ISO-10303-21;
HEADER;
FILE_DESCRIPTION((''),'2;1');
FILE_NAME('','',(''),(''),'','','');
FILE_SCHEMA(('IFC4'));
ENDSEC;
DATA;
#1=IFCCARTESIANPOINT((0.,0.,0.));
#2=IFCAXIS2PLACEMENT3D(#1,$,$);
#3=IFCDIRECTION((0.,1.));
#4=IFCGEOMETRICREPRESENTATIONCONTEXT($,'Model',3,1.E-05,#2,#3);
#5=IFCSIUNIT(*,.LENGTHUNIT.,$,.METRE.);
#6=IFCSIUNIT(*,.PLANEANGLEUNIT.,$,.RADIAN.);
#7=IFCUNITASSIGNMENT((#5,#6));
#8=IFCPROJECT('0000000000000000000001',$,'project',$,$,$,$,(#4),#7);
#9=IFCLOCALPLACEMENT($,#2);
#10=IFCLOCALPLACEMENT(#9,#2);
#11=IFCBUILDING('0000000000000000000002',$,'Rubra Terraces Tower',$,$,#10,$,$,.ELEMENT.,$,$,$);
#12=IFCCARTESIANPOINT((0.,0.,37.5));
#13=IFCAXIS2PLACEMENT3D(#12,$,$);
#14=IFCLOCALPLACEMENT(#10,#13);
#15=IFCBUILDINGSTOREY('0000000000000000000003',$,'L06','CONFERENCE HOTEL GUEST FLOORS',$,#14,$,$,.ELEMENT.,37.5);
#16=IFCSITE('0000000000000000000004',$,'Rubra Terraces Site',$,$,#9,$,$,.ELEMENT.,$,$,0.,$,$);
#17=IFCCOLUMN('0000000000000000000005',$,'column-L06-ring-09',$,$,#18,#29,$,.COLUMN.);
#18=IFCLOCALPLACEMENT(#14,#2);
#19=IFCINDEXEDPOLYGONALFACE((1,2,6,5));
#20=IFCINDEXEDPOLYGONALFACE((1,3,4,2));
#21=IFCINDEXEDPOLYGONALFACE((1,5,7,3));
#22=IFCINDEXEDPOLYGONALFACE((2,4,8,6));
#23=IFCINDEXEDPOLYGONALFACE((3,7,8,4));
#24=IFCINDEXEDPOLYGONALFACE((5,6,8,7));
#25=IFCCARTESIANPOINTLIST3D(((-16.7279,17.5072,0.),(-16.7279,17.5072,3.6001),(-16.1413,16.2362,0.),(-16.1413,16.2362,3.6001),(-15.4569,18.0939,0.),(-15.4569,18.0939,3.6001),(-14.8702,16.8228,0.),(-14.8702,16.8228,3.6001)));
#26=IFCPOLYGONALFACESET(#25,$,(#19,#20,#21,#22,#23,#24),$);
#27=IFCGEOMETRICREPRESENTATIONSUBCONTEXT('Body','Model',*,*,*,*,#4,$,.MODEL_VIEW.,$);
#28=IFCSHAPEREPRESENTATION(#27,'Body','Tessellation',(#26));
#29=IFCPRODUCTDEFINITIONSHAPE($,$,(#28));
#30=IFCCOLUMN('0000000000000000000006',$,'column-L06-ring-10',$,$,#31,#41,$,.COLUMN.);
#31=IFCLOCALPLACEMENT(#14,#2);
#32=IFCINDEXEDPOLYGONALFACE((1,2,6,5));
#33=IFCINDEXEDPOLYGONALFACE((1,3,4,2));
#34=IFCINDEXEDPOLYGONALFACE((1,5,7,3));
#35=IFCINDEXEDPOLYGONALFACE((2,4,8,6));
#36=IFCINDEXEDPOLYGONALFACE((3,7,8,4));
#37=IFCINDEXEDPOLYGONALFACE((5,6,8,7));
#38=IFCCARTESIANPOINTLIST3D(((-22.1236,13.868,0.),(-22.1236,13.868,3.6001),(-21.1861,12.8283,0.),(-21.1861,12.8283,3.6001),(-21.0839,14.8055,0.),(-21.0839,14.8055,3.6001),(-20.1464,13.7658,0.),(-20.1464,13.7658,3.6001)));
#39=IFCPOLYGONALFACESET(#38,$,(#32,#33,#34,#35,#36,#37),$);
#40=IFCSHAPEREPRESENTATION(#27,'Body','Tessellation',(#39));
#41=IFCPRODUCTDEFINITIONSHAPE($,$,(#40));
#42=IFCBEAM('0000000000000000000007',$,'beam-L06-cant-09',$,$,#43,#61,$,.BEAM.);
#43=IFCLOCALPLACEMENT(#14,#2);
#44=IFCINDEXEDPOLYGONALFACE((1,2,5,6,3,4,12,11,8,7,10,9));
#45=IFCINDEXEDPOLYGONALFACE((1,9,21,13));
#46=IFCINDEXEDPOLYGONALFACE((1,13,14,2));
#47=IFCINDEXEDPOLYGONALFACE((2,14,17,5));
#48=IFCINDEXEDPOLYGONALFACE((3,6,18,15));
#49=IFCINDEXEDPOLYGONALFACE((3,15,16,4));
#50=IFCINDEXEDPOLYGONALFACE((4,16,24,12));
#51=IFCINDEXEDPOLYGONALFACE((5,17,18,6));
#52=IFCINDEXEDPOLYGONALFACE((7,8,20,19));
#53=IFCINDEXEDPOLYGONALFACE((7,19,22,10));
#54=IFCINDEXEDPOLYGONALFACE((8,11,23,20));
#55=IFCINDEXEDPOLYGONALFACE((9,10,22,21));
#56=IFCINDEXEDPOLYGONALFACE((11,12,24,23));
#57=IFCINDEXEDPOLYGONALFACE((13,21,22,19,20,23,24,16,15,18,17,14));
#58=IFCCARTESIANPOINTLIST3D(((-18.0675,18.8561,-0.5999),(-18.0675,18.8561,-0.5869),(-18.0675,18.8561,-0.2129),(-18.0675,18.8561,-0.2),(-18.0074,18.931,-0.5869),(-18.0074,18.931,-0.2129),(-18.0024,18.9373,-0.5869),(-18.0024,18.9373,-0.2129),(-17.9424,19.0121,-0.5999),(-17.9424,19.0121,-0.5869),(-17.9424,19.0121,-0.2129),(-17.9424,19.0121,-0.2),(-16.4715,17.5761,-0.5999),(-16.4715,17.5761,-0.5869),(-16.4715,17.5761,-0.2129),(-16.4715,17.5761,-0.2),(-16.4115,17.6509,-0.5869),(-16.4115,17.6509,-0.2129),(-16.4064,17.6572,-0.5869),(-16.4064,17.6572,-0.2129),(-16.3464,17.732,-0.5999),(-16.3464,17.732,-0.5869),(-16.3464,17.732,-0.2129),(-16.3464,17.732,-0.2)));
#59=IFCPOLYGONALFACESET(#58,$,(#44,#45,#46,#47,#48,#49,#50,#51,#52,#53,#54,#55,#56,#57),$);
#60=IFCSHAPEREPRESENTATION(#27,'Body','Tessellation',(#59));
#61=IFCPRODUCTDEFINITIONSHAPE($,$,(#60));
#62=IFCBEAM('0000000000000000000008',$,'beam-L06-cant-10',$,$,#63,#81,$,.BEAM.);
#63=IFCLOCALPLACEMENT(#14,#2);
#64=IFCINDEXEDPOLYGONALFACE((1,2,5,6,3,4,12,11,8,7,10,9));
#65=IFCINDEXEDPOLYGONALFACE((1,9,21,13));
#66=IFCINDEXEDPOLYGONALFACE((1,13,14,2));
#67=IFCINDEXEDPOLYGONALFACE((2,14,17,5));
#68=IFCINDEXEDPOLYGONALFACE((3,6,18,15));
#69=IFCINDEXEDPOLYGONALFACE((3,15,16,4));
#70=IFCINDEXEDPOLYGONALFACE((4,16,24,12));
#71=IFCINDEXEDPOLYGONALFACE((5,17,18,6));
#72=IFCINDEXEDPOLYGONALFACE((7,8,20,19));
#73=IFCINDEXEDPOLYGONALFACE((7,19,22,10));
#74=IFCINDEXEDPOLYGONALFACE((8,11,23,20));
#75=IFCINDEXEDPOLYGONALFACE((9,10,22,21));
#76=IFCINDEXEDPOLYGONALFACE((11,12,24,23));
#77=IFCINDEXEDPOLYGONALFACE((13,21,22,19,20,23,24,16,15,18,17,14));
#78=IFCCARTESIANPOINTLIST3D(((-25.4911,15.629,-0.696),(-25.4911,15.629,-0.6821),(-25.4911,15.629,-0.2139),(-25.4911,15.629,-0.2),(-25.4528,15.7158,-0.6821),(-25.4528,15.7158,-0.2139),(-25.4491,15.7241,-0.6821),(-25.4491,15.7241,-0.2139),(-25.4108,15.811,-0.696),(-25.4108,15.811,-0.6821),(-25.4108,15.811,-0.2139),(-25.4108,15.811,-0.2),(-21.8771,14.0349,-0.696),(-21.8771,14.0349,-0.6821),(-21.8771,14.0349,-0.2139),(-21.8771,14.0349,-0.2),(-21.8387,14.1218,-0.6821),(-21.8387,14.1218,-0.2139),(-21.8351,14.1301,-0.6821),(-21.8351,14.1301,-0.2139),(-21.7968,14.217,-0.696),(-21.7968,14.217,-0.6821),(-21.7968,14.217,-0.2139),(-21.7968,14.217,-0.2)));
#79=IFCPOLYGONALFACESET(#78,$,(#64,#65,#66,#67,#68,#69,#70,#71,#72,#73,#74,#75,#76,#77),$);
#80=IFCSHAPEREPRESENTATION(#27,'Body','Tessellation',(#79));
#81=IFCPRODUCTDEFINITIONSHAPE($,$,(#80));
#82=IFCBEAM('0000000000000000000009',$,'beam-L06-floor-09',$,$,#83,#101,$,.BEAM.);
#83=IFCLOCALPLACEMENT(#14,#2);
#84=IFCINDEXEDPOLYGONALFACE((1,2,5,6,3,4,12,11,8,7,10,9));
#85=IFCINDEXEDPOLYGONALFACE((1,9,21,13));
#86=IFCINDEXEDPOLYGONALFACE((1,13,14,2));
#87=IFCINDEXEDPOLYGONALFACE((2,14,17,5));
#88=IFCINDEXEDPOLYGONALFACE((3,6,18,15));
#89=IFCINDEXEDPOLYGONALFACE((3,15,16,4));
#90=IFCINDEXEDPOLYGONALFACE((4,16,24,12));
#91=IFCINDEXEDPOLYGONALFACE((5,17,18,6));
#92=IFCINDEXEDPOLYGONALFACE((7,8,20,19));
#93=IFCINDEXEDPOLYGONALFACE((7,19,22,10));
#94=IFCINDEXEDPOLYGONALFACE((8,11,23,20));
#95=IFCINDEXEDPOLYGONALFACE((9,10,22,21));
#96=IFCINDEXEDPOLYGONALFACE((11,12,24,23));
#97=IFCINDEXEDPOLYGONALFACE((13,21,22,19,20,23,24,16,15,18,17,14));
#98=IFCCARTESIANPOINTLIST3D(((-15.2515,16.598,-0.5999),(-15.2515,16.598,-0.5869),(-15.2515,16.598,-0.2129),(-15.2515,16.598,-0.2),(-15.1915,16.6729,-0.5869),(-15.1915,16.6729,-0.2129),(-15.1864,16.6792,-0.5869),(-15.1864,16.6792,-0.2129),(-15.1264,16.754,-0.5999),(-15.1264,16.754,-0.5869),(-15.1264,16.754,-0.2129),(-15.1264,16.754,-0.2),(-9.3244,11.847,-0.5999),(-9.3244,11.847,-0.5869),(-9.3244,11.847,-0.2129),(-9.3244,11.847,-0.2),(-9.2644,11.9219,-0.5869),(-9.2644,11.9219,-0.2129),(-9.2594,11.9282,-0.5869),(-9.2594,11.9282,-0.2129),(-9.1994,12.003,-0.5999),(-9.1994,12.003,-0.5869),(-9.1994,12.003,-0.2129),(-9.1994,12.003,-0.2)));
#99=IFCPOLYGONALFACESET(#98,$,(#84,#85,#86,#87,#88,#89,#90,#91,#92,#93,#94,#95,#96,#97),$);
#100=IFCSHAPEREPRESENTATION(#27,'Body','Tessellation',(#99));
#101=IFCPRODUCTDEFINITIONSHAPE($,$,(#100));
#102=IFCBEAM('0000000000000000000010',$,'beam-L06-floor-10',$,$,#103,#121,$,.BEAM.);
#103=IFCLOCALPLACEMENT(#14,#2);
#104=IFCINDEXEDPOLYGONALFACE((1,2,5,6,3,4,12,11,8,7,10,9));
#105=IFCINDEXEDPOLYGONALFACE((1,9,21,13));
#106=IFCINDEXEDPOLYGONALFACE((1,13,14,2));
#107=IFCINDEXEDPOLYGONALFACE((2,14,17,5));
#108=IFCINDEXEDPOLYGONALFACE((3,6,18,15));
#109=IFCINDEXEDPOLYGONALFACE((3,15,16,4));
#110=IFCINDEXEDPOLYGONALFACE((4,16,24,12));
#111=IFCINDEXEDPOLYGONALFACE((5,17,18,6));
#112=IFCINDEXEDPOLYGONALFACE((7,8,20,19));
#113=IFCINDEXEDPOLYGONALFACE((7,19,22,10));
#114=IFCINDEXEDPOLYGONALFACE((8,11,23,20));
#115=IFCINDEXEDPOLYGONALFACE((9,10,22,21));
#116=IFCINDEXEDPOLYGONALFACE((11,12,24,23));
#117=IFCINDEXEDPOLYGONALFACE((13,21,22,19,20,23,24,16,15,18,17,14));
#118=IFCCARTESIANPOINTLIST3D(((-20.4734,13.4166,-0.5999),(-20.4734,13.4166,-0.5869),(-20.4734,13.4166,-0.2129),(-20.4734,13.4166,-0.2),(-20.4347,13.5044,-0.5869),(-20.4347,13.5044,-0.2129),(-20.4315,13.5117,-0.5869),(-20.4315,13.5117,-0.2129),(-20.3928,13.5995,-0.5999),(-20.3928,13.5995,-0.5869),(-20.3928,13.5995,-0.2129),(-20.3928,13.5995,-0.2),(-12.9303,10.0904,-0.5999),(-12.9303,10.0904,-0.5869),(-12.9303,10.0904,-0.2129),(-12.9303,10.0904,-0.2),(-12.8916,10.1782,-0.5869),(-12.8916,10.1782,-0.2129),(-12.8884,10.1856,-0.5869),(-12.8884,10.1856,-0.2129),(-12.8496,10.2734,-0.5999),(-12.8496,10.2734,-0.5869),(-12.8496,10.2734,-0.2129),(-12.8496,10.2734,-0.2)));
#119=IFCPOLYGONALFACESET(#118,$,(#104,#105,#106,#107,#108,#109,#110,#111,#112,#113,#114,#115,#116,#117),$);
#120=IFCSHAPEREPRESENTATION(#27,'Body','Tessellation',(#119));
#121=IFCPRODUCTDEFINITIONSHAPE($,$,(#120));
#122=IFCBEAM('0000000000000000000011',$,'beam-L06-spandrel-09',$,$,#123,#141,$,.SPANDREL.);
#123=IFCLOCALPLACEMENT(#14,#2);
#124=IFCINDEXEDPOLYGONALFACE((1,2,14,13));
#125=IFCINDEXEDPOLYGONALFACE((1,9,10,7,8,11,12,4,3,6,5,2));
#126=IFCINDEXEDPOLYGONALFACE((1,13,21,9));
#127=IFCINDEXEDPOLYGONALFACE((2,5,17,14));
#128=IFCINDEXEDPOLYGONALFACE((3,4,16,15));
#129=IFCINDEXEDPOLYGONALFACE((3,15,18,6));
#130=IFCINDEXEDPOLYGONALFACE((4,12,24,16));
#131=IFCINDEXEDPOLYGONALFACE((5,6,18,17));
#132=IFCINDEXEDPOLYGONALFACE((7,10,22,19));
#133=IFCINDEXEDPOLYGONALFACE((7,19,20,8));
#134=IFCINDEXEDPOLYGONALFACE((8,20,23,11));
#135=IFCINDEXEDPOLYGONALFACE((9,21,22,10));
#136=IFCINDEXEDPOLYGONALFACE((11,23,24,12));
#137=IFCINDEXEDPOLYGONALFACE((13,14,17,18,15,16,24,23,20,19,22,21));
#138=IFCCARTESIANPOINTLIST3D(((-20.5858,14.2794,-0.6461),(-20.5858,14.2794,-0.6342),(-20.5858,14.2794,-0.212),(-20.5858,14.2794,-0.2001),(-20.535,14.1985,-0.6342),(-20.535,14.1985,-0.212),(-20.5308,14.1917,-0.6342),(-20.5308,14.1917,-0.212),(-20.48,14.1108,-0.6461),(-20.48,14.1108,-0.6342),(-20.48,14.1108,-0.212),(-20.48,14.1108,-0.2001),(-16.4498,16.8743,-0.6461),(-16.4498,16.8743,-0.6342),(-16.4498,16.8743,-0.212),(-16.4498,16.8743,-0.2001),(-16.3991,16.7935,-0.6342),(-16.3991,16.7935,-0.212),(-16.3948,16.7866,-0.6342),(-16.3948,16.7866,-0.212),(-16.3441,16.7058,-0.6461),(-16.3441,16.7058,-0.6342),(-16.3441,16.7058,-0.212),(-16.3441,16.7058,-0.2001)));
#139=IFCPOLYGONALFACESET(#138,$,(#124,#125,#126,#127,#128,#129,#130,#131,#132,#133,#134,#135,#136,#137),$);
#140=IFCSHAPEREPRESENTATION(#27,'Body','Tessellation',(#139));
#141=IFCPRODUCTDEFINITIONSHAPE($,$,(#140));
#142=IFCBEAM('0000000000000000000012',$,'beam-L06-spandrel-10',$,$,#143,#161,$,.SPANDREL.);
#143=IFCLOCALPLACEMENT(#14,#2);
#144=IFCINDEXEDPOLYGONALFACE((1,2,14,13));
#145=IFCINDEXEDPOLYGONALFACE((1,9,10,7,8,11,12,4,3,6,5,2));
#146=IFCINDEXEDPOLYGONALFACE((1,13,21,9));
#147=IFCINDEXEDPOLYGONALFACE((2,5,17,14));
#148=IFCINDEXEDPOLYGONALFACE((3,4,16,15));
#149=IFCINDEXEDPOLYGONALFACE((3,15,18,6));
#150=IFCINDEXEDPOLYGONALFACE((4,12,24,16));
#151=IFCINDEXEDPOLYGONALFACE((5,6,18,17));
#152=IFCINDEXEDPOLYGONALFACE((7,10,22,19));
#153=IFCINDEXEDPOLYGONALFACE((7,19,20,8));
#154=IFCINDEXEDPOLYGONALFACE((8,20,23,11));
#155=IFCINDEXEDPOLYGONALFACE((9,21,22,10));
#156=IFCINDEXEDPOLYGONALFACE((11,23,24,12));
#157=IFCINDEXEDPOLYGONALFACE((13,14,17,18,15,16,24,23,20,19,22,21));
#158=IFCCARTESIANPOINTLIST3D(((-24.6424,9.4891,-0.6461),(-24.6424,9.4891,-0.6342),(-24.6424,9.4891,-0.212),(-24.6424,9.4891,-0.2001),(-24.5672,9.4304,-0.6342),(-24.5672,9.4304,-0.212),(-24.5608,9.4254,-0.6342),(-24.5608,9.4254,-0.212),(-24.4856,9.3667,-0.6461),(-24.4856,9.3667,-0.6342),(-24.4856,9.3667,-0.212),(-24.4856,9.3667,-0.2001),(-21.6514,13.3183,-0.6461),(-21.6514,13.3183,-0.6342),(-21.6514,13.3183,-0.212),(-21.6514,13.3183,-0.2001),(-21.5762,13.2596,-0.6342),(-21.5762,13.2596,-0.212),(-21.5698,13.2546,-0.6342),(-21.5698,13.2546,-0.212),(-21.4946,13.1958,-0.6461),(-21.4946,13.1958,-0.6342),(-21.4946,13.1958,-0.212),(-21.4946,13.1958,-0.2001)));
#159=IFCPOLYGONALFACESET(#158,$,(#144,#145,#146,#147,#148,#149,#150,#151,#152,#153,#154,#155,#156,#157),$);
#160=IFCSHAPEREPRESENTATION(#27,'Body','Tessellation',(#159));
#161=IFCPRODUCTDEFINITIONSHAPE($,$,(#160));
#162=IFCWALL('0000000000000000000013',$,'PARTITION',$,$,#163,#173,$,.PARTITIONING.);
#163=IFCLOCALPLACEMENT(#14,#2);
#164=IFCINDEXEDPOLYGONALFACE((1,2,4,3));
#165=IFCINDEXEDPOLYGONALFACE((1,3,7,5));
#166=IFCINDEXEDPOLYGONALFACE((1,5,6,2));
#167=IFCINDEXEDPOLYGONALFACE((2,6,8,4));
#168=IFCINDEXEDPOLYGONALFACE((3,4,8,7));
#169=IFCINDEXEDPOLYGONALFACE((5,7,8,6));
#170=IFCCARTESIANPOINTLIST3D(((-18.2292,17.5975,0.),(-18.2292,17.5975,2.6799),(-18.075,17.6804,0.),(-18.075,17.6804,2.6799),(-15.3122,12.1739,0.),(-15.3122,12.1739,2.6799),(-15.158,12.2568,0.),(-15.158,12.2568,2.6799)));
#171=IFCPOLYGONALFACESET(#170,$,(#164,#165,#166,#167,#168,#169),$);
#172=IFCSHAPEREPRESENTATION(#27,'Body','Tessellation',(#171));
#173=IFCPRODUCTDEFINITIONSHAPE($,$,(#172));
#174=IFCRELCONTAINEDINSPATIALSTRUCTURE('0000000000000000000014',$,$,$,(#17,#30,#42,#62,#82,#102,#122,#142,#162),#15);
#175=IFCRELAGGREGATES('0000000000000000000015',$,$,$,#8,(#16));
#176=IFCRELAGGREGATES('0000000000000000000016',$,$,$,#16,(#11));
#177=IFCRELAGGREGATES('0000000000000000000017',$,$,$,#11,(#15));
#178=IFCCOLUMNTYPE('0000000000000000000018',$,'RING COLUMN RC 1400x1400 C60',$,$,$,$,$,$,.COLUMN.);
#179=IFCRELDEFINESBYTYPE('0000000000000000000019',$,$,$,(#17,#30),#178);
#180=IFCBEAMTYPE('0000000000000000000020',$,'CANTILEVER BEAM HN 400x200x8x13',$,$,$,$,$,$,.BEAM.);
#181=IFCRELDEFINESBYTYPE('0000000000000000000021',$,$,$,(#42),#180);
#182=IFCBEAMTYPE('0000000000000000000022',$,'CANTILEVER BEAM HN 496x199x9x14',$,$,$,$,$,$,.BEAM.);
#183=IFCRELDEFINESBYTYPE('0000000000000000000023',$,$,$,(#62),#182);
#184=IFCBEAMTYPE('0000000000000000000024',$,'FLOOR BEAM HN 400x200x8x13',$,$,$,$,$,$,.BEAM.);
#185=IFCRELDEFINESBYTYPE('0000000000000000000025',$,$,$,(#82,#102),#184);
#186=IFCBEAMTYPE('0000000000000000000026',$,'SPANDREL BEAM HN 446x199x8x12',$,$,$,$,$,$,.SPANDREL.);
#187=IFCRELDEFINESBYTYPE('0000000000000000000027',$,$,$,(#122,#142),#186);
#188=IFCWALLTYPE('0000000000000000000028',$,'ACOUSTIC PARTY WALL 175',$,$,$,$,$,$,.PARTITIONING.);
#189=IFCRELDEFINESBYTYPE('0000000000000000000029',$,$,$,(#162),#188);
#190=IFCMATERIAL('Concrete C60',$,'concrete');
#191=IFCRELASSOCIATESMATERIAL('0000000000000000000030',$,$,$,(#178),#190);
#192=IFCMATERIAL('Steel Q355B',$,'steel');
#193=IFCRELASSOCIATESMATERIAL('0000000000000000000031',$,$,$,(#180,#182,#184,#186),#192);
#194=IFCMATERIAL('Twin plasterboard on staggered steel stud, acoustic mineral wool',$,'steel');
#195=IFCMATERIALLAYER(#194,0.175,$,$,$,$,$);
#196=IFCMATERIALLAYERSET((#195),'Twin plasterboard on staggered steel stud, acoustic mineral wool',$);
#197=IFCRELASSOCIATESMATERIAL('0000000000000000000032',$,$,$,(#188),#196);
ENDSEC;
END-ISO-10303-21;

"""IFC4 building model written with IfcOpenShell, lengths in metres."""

from ifc_helpers import new_model, si_unit, direction, frame, frame_2d, origin, origin_2d, place, context, subcontext, project, spatial, rectangle, i_section, extrude, material, layer, layer_set, material_profile, profile_set, type_object, element, save


model = new_model("IFC4")

# Units and contexts
model_context = context("Model", 3, precision=1e-05, world=origin(), true_north=direction((0.0, 1.0)))
body_context = subcontext(model_context, "Body", "Model", "MODEL_VIEW")
ifc_project = project(units=[si_unit("LENGTHUNIT", "METRE"), si_unit("PLANEANGLEUNIT", "RADIAN")], contexts=[model_context])

# Site, building, storey
site_placement = place(None, origin())
site = spatial("IfcSite", under=ifc_project, at=site_placement, Name="Rubra Terraces Site", CompositionType="ELEMENT", RefElevation=0.0)
building_placement = place(site_placement, origin())
building = spatial("IfcBuilding", under=site, at=building_placement, Name="Rubra Terraces Tower", CompositionType="ELEMENT")
storey_placement = place(building_placement, frame((0.0, 0.0, 37.5)))
storey = spatial("IfcBuildingStorey", under=building, at=storey_placement, Name="L06", Description="CONFERENCE HOTEL GUEST FLOORS", CompositionType="ELEMENT", Elevation=37.5)

# Columns
ifc_material_1 = material(Name="Concrete C60", Category="concrete")
ifc_material_profile_1 = material_profile(ifc_material_1, rectangle(XDim=1.3999, YDim=1.3999, at=origin_2d()), Name="RC 1400x1400")
ifc_profile_set_1 = profile_set([ifc_material_profile_1], Name="Concrete C60")
column_type = type_object("IfcColumnType", Name="RING COLUMN RC 1400x1400 C60", PredefinedType="COLUMN", material=ifc_profile_set_1)
for number, where, z_axis, x_axis, name in (
    (1, (-15.7991, 17.165, 0.0), (0.0, 0.0, 1.0), (-0.907952, -0.419073, 0.0), "column-L06-ring-09"),
    (2, (-21.135, 13.8169, 0.0), (0.0, 0.0, 1.0), (-0.742676, -0.669651, 0.0), "column-L06-ring-10"),
):
    element("IfcColumn", number, at=place(storey_placement, frame(where, z_axis=z_axis, x_axis=x_axis)), inside=storey, type_object=column_type, Name=name, PredefinedType="COLUMN", context=body_context, shape_type="SweptSolid", body=[
        extrude(rectangle(XDim=1.3999, YDim=1.3999, at=origin_2d()), origin(), (0.0, 0.0, 1.0), 3.6001),
    ])

# Beams
ifc_material_2 = material(Name="Steel Q355B", Category="steel")
ifc_material_profile_2 = material_profile(ifc_material_2, i_section(OverallWidth=0.2, OverallDepth=0.3999, WebThickness=0.0081, FlangeThickness=0.0129, at=origin_2d()), Name="HN 400x200x8x13")
ifc_profile_set_2 = profile_set([ifc_material_profile_2], Name="Steel Q355B")
beam_type_1 = type_object("IfcBeamType", Name="CANTILEVER BEAM HN 400x200x8x13", PredefinedType="BEAM", material=ifc_profile_set_2)
beam_1_placement = place(storey_placement, frame((-16.4089, 17.6541, -0.3999), z_axis=(-0.780088, 0.62567, 0.0), x_axis=(-0.62567, -0.780088, 0.0)))
element("IfcBeam", 3, at=beam_1_placement, inside=storey, type_object=beam_type_1, Name="beam-L06-cant-09", PredefinedType="BEAM", context=body_context, shape_type="SweptSolid", body=[
    extrude(i_section(OverallWidth=0.2, OverallDepth=0.3999, WebThickness=0.0081, FlangeThickness=0.0129, at=origin_2d()), origin(), (0.0, 0.0, 1.0), 2.0459),
])
ifc_material_profile_3 = material_profile(ifc_material_2, i_section(OverallWidth=0.199, OverallDepth=0.4961, WebThickness=0.009, FlangeThickness=0.0139, at=origin_2d()), Name="HN 496x199x9x14")
ifc_profile_set_3 = profile_set([ifc_material_profile_3], Name="Steel Q355B")
beam_type_2 = type_object("IfcBeamType", Name="CANTILEVER BEAM HN 496x199x9x14", PredefinedType="BEAM", material=ifc_profile_set_3)
beam_2_placement = place(storey_placement, frame((-21.8369, 14.126, -0.448), z_axis=(-0.914957, 0.40355, 0.0), x_axis=(-0.40355, -0.914957, 0.0)))
element("IfcBeam", 4, at=beam_2_placement, inside=storey, type_object=beam_type_2, Name="beam-L06-cant-10", PredefinedType="BEAM", context=body_context, shape_type="SweptSolid", body=[
    extrude(i_section(OverallWidth=0.199, OverallDepth=0.4961, WebThickness=0.009, FlangeThickness=0.0139, at=origin_2d()), origin(), (0.0, 0.0, 1.0), 3.95),
])
ifc_material_profile_4 = material_profile(ifc_material_2, i_section(OverallWidth=0.2, OverallDepth=0.3999, WebThickness=0.0081, FlangeThickness=0.0129, at=origin_2d()), Name="HN 400x200x8x13")
ifc_profile_set_4 = profile_set([ifc_material_profile_4], Name="Steel Q355B")
beam_type_3 = type_object("IfcBeamType", Name="FLOOR BEAM HN 400x200x8x13", PredefinedType="BEAM", material=ifc_profile_set_4)
beam_3_placement = place(storey_placement, frame((-15.189, 16.676, -0.3999), z_axis=(0.780266, -0.625447, 0.0), x_axis=(0.625447, 0.780266, 0.0)))
element("IfcBeam", 5, at=beam_3_placement, inside=storey, type_object=beam_type_3, Name="beam-L06-floor-09", PredefinedType="BEAM", context=body_context, shape_type="SweptSolid", body=[
    extrude(i_section(OverallWidth=0.2, OverallDepth=0.3999, WebThickness=0.0081, FlangeThickness=0.0129, at=origin_2d()), origin(), (0.0, 0.0, 1.0), 7.5962),
])
beam_4_placement = place(storey_placement, frame((-20.4331, 13.5081, -0.3999), z_axis=(0.914995, -0.403466, 0.0), x_axis=(0.403466, 0.914995, 0.0)))
element("IfcBeam", 6, at=beam_4_placement, inside=storey, type_object=beam_type_3, Name="beam-L06-floor-10", PredefinedType="BEAM", context=body_context, shape_type="SweptSolid", body=[
    extrude(i_section(OverallWidth=0.2, OverallDepth=0.3999, WebThickness=0.0081, FlangeThickness=0.0129, at=origin_2d()), origin(), (0.0, 0.0, 1.0), 8.2439),
])
ifc_material_profile_5 = material_profile(ifc_material_2, i_section(OverallWidth=0.199, OverallDepth=0.446, WebThickness=0.0081, FlangeThickness=0.012, at=origin_2d()), Name="HN 446x199x8x12")
ifc_profile_set_5 = profile_set([ifc_material_profile_5], Name="Steel Q355B")
beam_type_4 = type_object("IfcBeamType", Name="SPANDREL BEAM HN 446x199x8x12", PredefinedType="SPANDREL", material=ifc_profile_set_5)
beam_5_placement = place(storey_placement, frame((-16.397, 16.79, -0.4231), z_axis=(-0.847078, -0.531468, 0.0), x_axis=(0.531468, -0.847078, 0.0)))
element("IfcBeam", 7, at=beam_5_placement, inside=storey, type_object=beam_type_4, Name="beam-L06-spandrel-09", PredefinedType="SPANDREL", context=body_context, shape_type="SweptSolid", body=[
    extrude(i_section(OverallWidth=0.199, OverallDepth=0.446, WebThickness=0.0081, FlangeThickness=0.012, at=origin_2d()), origin(), (0.0, 0.0, 1.0), 4.8826),
])
beam_6_placement = place(storey_placement, frame((-21.573, 13.2571, -0.4231), z_axis=(-0.615578, -0.788076, 0.0), x_axis=(0.788076, -0.615578, 0.0)))
element("IfcBeam", 8, at=beam_6_placement, inside=storey, type_object=beam_type_4, Name="beam-L06-spandrel-10", PredefinedType="SPANDREL", context=body_context, shape_type="SweptSolid", body=[
    extrude(i_section(OverallWidth=0.199, OverallDepth=0.446, WebThickness=0.0081, FlangeThickness=0.012, at=origin_2d()), origin(), (0.0, 0.0, 1.0), 4.8589),
])

# Wall
ifc_material_3 = material(Name="Twin plasterboard on staggered steel stud, acoustic mineral wool", Category="steel")
ifc_layer_1 = layer(ifc_material_3, 0.175)
ifc_layer_set_1 = layer_set([ifc_layer_1], Name="Twin plasterboard on staggered steel stud, acoustic mineral wool")
wall_type_1 = type_object("IfcWallType", Name="ACOUSTIC PARTY WALL 175", PredefinedType="PARTITIONING", material=ifc_layer_set_1)
wall_1_placement = place(storey_placement, frame((-18.1521, 17.6389, 0.0), z_axis=(0.0, 0.0, 1.0), x_axis=(0.473672, -0.880701, 0.0)))
element("IfcWall", 9, at=wall_1_placement, inside=storey, type_object=wall_type_1, Name="PARTITION", PredefinedType="PARTITIONING", context=body_context, shape_type="SweptSolid", body=[
    extrude(rectangle(XDim=6.1582, YDim=0.175, at=frame_2d((3.0791, 0.0))), origin(), (0.0, 0.0, 1.0), 2.6799),
])

save(model, "model.ifc")
